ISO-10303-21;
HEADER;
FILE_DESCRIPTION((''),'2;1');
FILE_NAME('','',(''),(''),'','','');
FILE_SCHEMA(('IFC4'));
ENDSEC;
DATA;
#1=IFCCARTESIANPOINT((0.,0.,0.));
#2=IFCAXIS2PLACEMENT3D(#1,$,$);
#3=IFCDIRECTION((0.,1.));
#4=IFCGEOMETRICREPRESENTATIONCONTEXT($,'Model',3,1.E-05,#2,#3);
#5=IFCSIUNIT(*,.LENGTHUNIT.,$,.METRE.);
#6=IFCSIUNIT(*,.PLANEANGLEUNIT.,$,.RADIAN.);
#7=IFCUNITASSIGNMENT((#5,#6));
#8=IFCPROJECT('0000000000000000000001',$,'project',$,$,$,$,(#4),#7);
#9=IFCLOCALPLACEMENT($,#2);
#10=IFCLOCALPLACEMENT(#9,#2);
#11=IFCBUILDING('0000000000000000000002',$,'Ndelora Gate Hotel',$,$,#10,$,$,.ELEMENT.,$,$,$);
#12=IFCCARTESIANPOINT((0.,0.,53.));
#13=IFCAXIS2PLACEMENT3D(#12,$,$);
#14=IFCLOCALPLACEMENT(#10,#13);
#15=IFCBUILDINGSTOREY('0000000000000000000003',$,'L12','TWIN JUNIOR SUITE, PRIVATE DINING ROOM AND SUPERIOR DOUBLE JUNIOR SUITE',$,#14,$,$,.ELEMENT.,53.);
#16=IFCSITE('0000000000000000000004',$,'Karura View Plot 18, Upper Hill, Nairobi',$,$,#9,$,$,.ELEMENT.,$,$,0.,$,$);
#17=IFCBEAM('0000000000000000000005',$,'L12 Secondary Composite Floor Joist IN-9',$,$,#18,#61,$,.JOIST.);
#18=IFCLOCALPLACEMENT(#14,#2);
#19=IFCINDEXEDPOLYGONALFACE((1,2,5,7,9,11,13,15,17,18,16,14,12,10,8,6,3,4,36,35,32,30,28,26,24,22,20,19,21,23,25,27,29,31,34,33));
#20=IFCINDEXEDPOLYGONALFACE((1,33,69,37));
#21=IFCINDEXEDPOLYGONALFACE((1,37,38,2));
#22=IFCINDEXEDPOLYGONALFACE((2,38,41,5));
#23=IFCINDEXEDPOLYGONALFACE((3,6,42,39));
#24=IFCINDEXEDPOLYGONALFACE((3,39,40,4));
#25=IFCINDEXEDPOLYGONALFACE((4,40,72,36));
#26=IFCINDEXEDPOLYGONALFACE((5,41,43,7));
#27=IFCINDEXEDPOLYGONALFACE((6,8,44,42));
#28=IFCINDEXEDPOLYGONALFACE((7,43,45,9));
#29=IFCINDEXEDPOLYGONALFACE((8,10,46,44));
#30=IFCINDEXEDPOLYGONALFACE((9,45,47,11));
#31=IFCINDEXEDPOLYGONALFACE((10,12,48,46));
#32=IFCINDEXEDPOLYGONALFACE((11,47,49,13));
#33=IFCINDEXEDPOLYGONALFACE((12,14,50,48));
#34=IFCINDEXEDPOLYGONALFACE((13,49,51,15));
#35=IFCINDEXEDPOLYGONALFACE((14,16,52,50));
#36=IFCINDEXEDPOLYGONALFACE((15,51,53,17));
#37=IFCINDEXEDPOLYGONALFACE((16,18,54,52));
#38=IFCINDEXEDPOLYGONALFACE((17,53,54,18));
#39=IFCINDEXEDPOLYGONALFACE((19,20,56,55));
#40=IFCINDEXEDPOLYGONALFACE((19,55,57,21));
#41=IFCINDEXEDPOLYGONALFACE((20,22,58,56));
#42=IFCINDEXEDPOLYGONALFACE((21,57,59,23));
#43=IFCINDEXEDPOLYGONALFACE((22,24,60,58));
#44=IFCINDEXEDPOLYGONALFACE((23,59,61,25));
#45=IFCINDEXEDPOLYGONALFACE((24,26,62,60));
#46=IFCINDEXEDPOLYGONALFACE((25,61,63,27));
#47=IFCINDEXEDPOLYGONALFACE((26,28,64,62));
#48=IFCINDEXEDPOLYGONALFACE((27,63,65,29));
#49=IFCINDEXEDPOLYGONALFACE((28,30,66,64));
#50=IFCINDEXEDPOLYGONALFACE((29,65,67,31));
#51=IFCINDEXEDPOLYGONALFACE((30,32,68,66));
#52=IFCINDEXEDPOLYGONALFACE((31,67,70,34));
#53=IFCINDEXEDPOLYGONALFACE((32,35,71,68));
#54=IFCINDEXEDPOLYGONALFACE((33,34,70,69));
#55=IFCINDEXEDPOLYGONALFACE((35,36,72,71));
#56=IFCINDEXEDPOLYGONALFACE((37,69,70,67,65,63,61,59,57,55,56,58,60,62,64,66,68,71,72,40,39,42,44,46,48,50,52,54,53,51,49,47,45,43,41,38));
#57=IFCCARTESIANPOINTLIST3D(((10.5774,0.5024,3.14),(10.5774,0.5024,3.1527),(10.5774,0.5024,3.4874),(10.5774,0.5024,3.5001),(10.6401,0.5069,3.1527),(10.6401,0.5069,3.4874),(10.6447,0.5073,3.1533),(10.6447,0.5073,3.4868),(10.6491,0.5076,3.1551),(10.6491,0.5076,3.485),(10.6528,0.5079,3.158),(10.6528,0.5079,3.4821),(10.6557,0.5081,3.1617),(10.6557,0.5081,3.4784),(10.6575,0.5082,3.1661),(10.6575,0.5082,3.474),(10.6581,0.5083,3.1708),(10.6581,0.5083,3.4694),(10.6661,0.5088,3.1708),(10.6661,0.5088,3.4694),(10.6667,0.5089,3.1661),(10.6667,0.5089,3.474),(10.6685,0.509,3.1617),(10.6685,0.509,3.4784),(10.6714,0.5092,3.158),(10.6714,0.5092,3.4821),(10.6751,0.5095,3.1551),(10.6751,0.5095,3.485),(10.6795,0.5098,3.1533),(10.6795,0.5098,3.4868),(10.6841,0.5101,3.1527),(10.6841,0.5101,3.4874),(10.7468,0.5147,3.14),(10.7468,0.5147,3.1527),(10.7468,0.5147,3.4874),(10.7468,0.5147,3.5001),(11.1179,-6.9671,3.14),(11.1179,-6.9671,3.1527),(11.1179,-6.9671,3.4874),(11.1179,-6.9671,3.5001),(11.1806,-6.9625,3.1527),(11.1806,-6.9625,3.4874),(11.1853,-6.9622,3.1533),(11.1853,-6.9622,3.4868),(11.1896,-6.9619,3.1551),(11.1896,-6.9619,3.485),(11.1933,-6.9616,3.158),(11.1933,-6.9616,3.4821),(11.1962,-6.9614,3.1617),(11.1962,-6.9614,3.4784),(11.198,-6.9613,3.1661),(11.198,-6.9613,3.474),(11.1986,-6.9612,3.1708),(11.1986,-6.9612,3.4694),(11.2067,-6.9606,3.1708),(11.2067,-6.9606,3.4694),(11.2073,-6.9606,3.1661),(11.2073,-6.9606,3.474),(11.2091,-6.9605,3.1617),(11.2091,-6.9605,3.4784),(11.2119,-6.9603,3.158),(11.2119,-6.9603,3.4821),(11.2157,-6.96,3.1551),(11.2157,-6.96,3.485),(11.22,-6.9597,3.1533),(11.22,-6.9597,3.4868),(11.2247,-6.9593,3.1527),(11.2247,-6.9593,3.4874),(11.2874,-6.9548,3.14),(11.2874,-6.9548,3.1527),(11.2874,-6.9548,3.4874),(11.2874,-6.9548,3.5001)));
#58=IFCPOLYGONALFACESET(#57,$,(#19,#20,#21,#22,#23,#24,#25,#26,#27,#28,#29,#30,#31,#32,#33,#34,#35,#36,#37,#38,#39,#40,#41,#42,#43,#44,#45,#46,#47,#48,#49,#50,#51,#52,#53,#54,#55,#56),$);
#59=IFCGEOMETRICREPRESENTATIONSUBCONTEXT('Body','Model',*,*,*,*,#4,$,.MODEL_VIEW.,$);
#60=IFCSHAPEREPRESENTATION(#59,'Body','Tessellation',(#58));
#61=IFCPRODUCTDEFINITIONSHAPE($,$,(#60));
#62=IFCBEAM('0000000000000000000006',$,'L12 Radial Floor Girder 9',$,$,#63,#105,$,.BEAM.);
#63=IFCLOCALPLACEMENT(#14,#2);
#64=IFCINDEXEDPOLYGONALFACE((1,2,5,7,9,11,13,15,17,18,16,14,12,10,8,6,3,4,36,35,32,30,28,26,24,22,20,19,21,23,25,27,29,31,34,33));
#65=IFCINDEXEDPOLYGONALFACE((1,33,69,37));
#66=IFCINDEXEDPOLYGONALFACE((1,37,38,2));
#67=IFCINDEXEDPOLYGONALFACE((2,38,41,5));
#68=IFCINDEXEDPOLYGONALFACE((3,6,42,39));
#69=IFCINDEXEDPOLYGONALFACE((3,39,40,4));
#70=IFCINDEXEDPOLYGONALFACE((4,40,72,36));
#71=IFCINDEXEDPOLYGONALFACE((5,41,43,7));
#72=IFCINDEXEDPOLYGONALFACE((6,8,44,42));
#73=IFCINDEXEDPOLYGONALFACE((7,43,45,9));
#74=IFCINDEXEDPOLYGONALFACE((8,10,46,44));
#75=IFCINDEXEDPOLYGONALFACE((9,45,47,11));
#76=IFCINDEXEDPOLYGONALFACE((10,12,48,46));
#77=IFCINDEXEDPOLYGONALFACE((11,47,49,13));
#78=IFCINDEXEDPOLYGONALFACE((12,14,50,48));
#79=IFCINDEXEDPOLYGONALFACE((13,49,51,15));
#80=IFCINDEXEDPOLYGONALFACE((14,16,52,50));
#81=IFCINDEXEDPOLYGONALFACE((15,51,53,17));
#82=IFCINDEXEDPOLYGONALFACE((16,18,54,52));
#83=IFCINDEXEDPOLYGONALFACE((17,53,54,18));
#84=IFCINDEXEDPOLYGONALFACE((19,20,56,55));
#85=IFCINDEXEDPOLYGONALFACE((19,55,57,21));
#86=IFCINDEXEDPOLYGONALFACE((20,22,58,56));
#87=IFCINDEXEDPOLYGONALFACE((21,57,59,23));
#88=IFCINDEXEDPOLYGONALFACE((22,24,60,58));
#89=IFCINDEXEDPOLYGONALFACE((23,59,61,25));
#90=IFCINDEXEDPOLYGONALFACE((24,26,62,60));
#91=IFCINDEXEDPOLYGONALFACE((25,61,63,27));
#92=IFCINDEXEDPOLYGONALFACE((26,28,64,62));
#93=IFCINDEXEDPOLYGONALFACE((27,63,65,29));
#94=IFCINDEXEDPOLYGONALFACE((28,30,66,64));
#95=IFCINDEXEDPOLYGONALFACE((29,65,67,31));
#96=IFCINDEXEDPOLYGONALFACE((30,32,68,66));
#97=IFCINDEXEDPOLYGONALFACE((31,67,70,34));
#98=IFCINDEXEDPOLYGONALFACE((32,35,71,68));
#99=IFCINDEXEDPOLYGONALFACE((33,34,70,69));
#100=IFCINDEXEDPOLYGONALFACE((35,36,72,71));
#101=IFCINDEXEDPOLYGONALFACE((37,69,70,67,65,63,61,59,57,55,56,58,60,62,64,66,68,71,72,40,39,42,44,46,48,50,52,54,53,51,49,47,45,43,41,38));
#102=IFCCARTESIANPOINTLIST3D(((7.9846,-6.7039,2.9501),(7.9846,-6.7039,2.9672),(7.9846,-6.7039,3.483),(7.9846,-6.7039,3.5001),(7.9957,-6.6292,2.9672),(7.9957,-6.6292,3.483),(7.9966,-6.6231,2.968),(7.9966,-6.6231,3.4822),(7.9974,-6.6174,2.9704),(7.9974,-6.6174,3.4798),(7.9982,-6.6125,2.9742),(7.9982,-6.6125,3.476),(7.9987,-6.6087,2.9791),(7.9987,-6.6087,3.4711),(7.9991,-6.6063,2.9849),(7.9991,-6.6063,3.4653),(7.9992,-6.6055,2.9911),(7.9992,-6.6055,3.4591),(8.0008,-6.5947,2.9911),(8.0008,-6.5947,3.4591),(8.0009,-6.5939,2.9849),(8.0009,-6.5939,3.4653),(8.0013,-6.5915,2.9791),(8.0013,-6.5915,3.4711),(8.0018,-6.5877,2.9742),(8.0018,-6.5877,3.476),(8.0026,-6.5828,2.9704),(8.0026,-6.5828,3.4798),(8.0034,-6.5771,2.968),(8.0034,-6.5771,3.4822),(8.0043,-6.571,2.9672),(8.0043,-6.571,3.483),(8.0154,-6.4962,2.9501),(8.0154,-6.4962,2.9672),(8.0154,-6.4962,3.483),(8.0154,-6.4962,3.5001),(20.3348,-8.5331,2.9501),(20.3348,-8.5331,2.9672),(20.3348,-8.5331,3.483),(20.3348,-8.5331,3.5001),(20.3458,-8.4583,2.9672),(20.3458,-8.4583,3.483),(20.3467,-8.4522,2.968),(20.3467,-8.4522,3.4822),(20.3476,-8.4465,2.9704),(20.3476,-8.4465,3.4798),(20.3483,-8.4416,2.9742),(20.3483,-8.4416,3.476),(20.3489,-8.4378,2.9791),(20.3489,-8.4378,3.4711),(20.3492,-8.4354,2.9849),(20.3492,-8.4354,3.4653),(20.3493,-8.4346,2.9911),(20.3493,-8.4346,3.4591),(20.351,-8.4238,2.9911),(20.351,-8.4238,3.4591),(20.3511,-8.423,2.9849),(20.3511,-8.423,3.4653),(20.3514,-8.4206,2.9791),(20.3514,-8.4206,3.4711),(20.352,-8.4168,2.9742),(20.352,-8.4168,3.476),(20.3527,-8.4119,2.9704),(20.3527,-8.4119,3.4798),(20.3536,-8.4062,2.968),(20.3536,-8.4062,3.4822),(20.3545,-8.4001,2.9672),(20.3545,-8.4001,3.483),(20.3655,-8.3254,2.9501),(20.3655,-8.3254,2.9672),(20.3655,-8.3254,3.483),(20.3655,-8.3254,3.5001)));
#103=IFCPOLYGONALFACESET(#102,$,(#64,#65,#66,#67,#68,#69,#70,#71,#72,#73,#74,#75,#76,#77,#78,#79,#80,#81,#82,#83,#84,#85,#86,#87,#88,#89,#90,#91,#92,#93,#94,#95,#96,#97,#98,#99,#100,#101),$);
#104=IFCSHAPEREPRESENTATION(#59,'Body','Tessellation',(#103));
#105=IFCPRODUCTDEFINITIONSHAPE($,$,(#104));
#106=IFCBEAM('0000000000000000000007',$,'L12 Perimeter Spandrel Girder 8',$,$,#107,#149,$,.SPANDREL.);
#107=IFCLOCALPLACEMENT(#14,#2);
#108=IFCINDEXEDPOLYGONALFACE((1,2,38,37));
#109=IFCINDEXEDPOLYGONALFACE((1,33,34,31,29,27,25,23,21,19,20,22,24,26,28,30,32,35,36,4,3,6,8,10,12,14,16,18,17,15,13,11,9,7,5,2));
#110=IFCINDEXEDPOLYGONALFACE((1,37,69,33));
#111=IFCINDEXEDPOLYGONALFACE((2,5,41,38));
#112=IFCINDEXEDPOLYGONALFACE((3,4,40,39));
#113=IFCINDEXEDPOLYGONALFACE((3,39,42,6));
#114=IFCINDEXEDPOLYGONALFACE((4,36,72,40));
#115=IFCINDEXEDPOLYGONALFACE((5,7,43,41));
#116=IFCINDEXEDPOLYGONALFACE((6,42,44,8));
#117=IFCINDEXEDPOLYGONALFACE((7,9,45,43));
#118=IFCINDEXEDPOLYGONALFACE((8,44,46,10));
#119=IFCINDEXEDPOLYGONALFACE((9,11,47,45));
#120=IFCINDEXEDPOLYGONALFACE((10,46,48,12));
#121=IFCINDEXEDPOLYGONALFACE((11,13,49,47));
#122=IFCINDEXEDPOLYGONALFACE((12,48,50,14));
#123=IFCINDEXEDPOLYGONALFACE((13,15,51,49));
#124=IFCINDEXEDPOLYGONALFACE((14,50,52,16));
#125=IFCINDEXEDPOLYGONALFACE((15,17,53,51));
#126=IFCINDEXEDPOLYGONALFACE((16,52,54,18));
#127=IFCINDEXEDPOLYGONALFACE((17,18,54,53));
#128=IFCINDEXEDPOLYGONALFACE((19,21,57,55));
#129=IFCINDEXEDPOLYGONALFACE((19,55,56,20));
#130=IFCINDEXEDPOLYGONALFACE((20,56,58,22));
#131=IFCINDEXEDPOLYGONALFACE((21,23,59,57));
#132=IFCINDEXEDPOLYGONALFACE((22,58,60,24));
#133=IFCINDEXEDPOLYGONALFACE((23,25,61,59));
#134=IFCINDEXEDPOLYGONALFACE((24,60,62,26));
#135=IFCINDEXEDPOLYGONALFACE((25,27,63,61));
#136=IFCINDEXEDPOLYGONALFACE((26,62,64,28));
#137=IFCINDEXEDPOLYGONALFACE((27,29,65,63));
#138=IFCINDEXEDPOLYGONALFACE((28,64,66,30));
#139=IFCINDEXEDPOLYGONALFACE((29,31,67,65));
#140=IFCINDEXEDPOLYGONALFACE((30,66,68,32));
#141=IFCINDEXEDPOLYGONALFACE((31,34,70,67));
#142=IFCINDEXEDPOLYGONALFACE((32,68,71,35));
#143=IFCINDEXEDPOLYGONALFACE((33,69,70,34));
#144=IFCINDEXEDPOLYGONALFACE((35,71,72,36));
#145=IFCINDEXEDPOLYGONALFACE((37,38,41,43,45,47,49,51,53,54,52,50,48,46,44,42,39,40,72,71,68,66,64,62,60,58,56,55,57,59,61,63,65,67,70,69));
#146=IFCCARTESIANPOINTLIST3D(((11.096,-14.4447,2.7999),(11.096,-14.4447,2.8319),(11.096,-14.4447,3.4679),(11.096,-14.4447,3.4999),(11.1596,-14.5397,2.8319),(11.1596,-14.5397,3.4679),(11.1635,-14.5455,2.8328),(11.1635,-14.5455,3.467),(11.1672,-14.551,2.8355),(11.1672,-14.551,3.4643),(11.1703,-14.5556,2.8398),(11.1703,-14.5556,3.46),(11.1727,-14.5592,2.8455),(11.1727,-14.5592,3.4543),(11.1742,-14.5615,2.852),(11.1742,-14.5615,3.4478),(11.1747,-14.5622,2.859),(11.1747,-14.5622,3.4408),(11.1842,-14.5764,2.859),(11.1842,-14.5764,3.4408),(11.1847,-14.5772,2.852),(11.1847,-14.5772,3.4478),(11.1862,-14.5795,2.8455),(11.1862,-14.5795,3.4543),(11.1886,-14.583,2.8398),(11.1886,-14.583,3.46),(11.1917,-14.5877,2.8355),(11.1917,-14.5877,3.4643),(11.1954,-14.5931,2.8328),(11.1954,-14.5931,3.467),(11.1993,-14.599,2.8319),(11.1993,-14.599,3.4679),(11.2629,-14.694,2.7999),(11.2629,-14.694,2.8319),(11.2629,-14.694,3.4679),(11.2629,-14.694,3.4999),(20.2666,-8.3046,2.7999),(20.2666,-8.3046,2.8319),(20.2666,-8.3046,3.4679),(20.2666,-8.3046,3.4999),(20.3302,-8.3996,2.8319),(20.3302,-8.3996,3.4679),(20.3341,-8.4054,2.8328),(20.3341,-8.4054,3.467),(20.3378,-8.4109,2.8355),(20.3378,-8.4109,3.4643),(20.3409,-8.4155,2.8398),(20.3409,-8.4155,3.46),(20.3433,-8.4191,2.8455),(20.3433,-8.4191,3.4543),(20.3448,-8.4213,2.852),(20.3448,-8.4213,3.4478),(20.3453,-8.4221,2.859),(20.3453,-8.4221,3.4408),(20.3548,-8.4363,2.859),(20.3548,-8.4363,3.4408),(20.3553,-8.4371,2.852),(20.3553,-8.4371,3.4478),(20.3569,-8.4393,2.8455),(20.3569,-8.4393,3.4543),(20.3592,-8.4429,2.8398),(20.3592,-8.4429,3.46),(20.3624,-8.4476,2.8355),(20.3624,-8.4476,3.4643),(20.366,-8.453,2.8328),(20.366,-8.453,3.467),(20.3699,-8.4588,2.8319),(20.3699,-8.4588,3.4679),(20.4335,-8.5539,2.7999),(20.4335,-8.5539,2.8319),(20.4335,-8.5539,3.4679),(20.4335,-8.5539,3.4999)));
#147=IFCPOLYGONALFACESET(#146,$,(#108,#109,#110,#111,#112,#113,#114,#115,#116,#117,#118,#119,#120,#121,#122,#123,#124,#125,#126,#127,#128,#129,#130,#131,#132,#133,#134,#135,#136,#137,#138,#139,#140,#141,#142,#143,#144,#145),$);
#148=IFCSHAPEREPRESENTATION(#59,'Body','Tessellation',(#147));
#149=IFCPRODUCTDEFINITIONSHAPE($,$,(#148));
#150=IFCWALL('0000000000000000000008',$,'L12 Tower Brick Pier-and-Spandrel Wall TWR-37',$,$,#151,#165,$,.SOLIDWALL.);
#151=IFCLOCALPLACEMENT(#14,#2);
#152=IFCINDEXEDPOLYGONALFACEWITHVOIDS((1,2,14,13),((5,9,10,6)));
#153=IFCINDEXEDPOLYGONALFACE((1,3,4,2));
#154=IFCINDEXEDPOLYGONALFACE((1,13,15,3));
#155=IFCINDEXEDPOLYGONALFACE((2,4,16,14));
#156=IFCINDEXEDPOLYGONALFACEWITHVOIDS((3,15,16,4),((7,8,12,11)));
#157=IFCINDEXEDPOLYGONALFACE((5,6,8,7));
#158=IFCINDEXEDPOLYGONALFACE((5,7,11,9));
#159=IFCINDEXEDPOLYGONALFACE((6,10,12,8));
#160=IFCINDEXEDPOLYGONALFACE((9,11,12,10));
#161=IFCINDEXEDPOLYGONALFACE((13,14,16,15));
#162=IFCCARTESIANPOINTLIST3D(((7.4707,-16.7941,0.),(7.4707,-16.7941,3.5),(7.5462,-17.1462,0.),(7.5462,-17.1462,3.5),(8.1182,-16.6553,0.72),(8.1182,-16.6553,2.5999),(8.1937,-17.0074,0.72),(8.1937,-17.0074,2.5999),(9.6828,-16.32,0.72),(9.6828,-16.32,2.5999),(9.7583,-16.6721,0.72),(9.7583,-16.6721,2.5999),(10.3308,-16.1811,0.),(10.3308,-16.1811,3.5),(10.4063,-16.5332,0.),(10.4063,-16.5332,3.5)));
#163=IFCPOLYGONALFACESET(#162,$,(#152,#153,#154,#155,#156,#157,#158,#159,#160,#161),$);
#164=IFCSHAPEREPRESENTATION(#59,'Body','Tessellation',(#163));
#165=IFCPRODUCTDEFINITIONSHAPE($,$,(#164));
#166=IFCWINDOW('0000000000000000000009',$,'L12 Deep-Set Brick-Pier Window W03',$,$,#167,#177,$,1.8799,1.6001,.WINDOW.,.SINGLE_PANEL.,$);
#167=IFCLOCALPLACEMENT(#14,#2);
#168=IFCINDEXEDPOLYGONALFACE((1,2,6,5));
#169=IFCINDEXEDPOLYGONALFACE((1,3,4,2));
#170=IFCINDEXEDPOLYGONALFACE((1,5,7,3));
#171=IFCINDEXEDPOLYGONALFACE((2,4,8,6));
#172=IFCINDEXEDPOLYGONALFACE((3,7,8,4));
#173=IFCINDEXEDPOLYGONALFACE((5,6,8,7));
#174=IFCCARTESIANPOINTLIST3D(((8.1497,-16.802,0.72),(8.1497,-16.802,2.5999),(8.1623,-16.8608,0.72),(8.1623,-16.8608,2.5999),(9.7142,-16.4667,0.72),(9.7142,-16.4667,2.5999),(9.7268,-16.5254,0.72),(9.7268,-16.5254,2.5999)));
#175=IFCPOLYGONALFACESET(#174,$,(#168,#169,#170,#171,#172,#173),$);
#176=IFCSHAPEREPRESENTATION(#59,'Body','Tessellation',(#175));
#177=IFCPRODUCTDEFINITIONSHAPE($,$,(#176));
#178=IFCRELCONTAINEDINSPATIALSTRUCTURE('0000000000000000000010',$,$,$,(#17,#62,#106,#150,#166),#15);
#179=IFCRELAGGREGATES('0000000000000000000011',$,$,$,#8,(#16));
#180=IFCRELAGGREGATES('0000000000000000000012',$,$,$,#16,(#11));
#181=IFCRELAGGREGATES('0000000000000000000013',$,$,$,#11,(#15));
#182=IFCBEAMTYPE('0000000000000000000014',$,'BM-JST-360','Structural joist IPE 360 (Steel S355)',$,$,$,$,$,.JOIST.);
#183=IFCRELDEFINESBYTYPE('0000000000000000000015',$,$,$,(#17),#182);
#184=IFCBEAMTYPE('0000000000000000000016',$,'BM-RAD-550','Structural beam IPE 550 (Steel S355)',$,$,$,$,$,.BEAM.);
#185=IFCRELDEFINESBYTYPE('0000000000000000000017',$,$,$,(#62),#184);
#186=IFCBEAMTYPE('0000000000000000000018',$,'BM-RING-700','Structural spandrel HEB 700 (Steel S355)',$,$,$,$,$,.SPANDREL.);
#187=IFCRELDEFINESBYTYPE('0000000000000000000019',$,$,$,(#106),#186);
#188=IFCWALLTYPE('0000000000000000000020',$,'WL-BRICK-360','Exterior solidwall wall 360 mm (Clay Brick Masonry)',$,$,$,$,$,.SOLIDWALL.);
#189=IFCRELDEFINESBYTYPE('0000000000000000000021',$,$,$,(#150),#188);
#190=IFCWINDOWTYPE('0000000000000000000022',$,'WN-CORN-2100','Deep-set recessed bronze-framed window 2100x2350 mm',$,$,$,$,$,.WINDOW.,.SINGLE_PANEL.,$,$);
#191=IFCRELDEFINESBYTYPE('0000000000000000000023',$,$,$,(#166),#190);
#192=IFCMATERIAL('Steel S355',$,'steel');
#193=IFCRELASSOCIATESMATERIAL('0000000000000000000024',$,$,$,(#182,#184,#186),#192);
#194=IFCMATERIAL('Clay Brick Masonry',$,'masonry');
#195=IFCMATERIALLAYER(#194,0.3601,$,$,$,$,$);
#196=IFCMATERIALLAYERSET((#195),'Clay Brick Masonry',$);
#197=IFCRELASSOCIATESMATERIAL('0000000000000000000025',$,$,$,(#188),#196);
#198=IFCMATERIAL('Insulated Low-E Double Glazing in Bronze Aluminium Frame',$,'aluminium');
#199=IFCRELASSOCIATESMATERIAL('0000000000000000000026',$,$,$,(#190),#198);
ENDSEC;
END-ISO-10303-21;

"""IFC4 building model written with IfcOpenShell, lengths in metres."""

from ifc_helpers import new_model, si_unit, direction, frame, frame_2d, origin, origin_2d, place, context, subcontext, project, spatial, rectangle, i_section, extrude, material, layer, layer_set, material_profile, profile_set, type_object, element, fill, save


model = new_model("IFC4")

# Units and contexts
model_context = context("Model", 3, precision=1e-05, world=origin(), true_north=direction((0.0, 1.0)))
body_context = subcontext(model_context, "Body", "Model", "MODEL_VIEW")
ifc_project = project(units=[si_unit("LENGTHUNIT", "METRE"), si_unit("PLANEANGLEUNIT", "RADIAN")], contexts=[model_context])

# Site, building, storey
site_placement = place(None, origin())
site = spatial("IfcSite", under=ifc_project, at=site_placement, Name="Karura View Plot 18, Upper Hill, Nairobi", CompositionType="ELEMENT", RefElevation=0.0)
building_placement = place(site_placement, origin())
building = spatial("IfcBuilding", under=site, at=building_placement, Name="Ndelora Gate Hotel", CompositionType="ELEMENT")
storey_placement = place(building_placement, frame((0.0, 0.0, 53.0)))
storey = spatial("IfcBuildingStorey", under=building, at=storey_placement, Name="L12", Description="TWIN JUNIOR SUITE, PRIVATE DINING ROOM AND SUPERIOR DOUBLE JUNIOR SUITE", CompositionType="ELEMENT", Elevation=53.0)

# Beams
ifc_material_1 = material(Name="Steel S355", Category="steel")
ifc_material_profile_1 = material_profile(ifc_material_1, i_section(OverallWidth=0.1699, OverallDepth=0.3601, WebThickness=0.0081, FlangeThickness=0.0127, FilletRadius=0.0181, at=origin_2d()), Name="IPE 360")
ifc_profile_set_1 = profile_set([ifc_material_profile_1], Name="Steel S355")
beam_type_1 = type_object("IfcBeamType", Name="BM-JST-360", Description="Structural joist IPE 360 (Steel S355)", PredefinedType="JOIST", material=ifc_profile_set_1)
beam_1_placement = place(storey_placement, frame((11.2026, -6.9609, 3.3201), z_axis=(-0.072176, 0.997392, 0.0), x_axis=(-0.997392, -0.072176, 0.0)))
element("IfcBeam", 1, at=beam_1_placement, inside=storey, type_object=beam_type_1, Name="L12 Secondary Composite Floor Joist IN-9", PredefinedType="JOIST", context=body_context, shape_type="SweptSolid", body=[
    extrude(i_section(OverallWidth=0.1699, OverallDepth=0.3601, WebThickness=0.0081, FlangeThickness=0.0127, FilletRadius=0.0181, at=origin_2d()), origin(), (0.0, 0.0, 1.0), 7.489),
])
ifc_material_profile_2 = material_profile(ifc_material_1, i_section(OverallWidth=0.21, OverallDepth=0.55, WebThickness=0.011, FlangeThickness=0.0171, FilletRadius=0.0239, at=origin_2d()), Name="IPE 550")
ifc_profile_set_2 = profile_set([ifc_material_profile_2], Name="Steel S355")
beam_type_2 = type_object("IfcBeamType", Name="BM-RAD-550", Description="Structural beam IPE 550 (Steel S355)", PredefinedType="BEAM", material=ifc_profile_set_2)
beam_2_placement = place(storey_placement, frame((8.0, -6.6001, 3.2251), z_axis=(0.98921, -0.146506, 0.0), x_axis=(0.146506, 0.98921, 0.0)))
element("IfcBeam", 2, at=beam_2_placement, inside=storey, type_object=beam_type_2, Name="L12 Radial Floor Girder 9", PredefinedType="BEAM", context=body_context, shape_type="SweptSolid", body=[
    extrude(i_section(OverallWidth=0.21, OverallDepth=0.55, WebThickness=0.011, FlangeThickness=0.0171, FilletRadius=0.0239, at=origin_2d()), origin(), (0.0, 0.0, 1.0), 12.4849),
])
ifc_material_profile_3 = material_profile(ifc_material_1, i_section(OverallWidth=0.3, OverallDepth=0.7, WebThickness=0.0171, FlangeThickness=0.032, FilletRadius=0.0271, at=origin_2d()), Name="HEB 700")
ifc_profile_set_3 = profile_set([ifc_material_profile_3], Name="Steel S355")
beam_type_3 = type_object("IfcBeamType", Name="BM-RING-700", Description="Structural spandrel HEB 700 (Steel S355)", PredefinedType="SPANDREL", material=ifc_profile_set_3)
beam_3_placement = place(storey_placement, frame((11.1794, -14.5693, 3.1499), z_axis=(0.830946, 0.556353, 0.0), x_axis=(-0.556353, 0.830946, 0.0)))
element("IfcBeam", 3, at=beam_3_placement, inside=storey, type_object=beam_type_3, Name="L12 Perimeter Spandrel Girder 8", PredefinedType="SPANDREL", context=body_context, shape_type="SweptSolid", body=[
    extrude(i_section(OverallWidth=0.3, OverallDepth=0.7, WebThickness=0.0171, FlangeThickness=0.032, FilletRadius=0.0271, at=origin_2d()), origin(), (0.0, 0.0, 1.0), 11.0364),
])

# Wall, opening, window
ifc_material_2 = material(Name="Clay Brick Masonry", Category="masonry")
ifc_layer_1 = layer(ifc_material_2, 0.3601)
ifc_layer_set_1 = layer_set([ifc_layer_1], Name="Clay Brick Masonry")
wall_type_1 = type_object("IfcWallType", Name="WL-BRICK-360", Description="Exterior solidwall wall 360 mm (Clay Brick Masonry)", PredefinedType="SOLIDWALL", material=ifc_layer_set_1)
wall_1_placement = place(storey_placement, frame((10.3684, -16.3572, 0.0), z_axis=(0.0, 0.0, 1.0), x_axis=(-0.977791, -0.20958, 0.0)))
wall_1 = element("IfcWall", 4, at=wall_1_placement, inside=storey, type_object=wall_type_1, Name="L12 Tower Brick Pier-and-Spandrel Wall TWR-37", PredefinedType="SOLIDWALL", context=body_context, shape_type="SweptSolid", body=[
    extrude(rectangle(XDim=2.925, YDim=0.3601, at=frame_2d((1.4624, 0.0))), origin(), (0.0, 0.0, 1.0), 3.5),
])
opening_1_placement = place(wall_1_placement, frame((0.6626, 0.0, 0.72)))
opening_1 = element("IfcOpeningElement", 5, at=opening_1_placement, cuts=wall_1, PredefinedType="OPENING", context=body_context, shape_type="SweptSolid", body=[
    extrude(rectangle(XDim=1.6001, YDim=1.8799, at=frame_2d((0.8, 0.9399))), frame((0.0, 0.1899, 0.0), z_axis=(0.0, -1.0, 0.0), x_axis=(1.0, 0.0, 0.0)), (0.0, 0.0, 1.0), 0.3801),
])
ifc_material_3 = material(Name="Insulated Low-E Double Glazing in Bronze Aluminium Frame", Category="aluminium")
window_type = type_object("IfcWindowType", Name="WN-CORN-2100", Description="Deep-set recessed bronze-framed window 2100x2350 mm", PartitioningType="SINGLE_PANEL", PredefinedType="WINDOW", material=ifc_material_3)
window_placement = place(opening_1_placement, origin())
window = element("IfcWindow", 6, at=window_placement, inside=storey, type_object=window_type, Name="L12 Deep-Set Brick-Pier Window W03", OverallHeight=1.8799, OverallWidth=1.6001, PartitioningType="SINGLE_PANEL", PredefinedType="WINDOW", context=body_context, shape_type="SweptSolid", body=[
    extrude(rectangle(XDim=1.6001, YDim=1.8799, at=frame_2d((0.8, 0.9399))), frame((0.0, 0.03, 0.0), z_axis=(0.0, -1.0, 0.0), x_axis=(1.0, 0.0, 0.0)), (0.0, 0.0, 1.0), 0.0601),
])
fill(opening_1, window)

save(model, "model.ifc")
